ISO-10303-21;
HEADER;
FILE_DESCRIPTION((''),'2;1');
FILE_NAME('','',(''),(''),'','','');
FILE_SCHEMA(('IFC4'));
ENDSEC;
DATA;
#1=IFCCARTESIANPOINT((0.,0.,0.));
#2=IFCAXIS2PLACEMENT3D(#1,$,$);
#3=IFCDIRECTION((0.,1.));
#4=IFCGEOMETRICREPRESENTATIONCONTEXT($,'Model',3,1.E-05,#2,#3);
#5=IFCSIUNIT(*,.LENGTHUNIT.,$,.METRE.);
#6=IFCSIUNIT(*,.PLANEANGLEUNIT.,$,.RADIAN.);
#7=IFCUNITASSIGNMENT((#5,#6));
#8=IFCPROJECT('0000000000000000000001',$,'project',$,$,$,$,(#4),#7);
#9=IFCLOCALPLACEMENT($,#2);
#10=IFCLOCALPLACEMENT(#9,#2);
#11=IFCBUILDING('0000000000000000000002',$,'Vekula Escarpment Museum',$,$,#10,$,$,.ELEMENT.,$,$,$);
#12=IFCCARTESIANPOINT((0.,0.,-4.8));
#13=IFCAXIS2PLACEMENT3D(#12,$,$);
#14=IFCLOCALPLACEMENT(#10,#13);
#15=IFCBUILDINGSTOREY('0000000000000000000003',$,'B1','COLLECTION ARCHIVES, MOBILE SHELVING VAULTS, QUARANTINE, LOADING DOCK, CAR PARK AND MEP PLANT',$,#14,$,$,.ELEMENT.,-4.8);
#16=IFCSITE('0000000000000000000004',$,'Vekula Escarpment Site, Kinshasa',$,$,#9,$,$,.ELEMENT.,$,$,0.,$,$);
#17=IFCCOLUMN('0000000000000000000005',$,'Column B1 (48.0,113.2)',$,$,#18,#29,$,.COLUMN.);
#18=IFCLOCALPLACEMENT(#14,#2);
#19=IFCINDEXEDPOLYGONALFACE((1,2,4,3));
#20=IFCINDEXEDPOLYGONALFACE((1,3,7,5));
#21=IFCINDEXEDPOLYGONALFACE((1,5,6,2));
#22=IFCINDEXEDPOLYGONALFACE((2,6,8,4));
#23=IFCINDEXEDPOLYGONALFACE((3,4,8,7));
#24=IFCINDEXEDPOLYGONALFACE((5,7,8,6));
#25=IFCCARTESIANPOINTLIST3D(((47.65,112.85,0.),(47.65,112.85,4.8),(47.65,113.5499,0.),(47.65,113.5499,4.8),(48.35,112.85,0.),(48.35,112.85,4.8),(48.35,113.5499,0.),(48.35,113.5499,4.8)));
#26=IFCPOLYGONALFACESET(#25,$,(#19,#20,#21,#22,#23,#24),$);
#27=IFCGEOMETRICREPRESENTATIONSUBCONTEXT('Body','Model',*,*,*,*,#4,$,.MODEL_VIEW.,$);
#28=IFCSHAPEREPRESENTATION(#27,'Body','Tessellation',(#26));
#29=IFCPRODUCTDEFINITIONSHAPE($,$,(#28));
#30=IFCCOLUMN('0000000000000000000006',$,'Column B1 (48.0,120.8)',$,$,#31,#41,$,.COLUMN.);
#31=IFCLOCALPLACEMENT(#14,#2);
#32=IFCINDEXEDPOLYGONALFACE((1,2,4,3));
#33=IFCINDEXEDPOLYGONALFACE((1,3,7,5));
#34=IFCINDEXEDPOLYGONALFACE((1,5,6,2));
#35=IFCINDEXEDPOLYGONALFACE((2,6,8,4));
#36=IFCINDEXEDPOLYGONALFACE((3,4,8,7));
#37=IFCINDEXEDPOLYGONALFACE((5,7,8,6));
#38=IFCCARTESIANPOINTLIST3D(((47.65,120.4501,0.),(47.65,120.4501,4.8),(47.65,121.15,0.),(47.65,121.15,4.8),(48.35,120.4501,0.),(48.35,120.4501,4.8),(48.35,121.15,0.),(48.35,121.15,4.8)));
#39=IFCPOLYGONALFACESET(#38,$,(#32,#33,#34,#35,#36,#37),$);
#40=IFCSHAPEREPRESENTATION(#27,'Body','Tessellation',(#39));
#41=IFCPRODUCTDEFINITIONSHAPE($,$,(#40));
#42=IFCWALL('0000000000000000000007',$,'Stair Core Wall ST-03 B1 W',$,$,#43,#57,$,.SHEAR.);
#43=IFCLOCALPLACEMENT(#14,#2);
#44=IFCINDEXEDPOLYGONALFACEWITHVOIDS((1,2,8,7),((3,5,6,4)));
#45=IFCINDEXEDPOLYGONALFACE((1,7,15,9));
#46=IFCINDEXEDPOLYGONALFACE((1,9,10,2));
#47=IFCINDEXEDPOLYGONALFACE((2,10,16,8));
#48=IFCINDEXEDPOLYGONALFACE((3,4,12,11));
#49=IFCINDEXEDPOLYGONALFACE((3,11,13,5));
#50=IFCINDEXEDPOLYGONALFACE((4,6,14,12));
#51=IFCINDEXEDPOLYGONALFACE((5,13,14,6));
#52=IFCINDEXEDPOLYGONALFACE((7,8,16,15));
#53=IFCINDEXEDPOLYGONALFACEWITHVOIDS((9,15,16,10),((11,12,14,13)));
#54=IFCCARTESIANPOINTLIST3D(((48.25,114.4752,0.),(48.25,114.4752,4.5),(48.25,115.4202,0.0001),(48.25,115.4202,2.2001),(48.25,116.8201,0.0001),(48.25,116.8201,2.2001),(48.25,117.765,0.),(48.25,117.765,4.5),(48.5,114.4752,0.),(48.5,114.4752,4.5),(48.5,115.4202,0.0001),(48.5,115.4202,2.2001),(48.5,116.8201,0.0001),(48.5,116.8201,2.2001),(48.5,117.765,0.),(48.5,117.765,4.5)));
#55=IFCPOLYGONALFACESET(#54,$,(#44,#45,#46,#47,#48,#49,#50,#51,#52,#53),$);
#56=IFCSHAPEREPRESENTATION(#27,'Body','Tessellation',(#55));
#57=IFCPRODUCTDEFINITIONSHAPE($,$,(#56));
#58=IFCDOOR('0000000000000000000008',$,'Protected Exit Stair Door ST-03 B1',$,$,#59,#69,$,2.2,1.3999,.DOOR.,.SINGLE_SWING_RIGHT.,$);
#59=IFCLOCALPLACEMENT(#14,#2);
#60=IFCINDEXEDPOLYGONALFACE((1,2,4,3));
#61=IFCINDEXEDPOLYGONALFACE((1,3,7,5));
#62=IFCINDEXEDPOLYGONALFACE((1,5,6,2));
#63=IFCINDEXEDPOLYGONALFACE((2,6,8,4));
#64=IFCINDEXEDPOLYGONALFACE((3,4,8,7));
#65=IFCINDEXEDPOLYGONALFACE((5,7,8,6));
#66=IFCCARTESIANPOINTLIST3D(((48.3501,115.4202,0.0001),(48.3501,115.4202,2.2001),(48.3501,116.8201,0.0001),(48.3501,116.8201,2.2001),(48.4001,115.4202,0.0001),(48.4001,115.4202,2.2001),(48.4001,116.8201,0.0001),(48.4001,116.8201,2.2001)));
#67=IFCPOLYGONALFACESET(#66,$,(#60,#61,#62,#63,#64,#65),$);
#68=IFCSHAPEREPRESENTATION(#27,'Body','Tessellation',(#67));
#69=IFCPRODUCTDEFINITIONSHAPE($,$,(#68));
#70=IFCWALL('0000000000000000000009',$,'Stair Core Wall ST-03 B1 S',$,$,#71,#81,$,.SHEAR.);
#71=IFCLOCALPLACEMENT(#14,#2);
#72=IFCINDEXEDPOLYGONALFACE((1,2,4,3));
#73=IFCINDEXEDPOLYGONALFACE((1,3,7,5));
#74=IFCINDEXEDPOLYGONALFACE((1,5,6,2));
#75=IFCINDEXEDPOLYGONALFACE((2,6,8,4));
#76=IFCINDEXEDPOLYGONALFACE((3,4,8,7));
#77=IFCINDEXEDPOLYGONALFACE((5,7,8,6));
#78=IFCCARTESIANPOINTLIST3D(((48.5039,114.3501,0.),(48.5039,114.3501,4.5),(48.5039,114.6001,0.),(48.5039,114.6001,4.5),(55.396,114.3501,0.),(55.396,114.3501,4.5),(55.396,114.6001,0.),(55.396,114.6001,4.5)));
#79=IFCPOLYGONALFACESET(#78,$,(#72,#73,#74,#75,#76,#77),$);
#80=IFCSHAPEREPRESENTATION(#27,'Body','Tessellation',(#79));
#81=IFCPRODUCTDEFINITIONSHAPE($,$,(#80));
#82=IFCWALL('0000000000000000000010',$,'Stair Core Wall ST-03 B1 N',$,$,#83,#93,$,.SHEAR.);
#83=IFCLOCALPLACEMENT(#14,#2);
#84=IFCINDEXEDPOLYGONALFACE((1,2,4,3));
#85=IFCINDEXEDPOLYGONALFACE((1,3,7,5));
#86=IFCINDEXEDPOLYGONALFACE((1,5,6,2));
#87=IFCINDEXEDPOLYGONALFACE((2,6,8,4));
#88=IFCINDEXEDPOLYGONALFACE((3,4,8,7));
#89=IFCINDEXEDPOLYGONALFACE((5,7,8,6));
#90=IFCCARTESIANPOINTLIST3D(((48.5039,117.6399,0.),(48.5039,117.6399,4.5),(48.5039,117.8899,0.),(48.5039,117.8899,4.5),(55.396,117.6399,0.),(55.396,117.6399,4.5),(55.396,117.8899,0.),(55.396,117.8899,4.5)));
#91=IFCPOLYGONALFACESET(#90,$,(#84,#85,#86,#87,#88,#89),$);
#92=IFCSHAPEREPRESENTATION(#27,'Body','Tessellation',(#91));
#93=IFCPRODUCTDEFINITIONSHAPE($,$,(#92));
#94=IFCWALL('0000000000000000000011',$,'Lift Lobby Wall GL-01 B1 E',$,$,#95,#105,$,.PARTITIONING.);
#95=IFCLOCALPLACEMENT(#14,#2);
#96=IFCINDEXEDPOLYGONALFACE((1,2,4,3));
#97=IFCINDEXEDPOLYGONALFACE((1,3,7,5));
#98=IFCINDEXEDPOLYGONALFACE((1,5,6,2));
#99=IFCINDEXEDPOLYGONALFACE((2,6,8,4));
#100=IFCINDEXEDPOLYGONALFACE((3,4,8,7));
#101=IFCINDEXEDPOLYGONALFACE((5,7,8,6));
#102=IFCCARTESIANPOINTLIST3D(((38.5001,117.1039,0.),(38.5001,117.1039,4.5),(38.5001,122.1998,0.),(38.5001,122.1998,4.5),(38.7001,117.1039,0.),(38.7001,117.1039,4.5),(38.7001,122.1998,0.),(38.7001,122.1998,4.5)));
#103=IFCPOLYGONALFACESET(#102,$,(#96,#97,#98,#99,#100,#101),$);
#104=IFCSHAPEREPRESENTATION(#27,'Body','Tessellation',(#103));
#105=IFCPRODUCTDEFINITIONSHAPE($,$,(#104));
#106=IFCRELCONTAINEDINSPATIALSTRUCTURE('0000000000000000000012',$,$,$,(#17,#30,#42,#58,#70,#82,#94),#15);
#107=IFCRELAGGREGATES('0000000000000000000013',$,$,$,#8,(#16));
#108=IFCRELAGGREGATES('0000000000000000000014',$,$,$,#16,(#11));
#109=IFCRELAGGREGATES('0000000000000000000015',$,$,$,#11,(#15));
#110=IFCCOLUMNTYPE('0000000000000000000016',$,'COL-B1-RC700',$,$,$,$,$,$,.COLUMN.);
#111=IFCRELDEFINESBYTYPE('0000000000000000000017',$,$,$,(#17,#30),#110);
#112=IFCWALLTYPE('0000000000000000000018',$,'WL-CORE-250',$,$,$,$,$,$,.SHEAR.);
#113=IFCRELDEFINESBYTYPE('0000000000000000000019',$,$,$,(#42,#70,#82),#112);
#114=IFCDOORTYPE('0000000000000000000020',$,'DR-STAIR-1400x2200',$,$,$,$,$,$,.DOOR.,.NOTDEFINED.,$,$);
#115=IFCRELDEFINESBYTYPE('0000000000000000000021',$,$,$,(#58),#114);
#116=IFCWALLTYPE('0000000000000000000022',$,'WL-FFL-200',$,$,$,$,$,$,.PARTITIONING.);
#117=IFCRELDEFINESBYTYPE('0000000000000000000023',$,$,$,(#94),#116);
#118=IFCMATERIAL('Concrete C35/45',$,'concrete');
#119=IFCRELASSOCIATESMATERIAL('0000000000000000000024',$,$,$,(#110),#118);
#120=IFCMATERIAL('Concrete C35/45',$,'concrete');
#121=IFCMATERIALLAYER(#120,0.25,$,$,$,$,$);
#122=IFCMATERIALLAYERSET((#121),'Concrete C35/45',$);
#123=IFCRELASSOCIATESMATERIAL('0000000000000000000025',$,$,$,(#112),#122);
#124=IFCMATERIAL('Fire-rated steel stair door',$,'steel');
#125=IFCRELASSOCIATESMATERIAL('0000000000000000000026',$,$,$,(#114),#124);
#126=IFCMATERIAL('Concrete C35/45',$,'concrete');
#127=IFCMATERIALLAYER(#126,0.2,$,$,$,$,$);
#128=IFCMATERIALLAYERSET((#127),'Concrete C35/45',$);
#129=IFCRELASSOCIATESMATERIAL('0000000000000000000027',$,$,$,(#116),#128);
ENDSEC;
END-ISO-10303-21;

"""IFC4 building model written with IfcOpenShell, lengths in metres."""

from ifc_helpers import new_model, si_unit, direction, frame, frame_2d, origin, origin_2d, place, context, subcontext, project, spatial, rectangle, extrude, material, layer, layer_set, material_profile, profile_set, type_object, element, fill, save


model = new_model("IFC4")

# Units and contexts
model_context = context("Model", 3, precision=1e-05, world=origin(), true_north=direction((0.0, 1.0)))
body_context = subcontext(model_context, "Body", "Model", "MODEL_VIEW")
ifc_project = project(units=[si_unit("LENGTHUNIT", "METRE"), si_unit("PLANEANGLEUNIT", "RADIAN")], contexts=[model_context])

# Site, building, storey
site_placement = place(None, origin())
site = spatial("IfcSite", under=ifc_project, at=site_placement, Name="Vekula Escarpment Site, Kinshasa", CompositionType="ELEMENT", RefElevation=0.0)
building_placement = place(site_placement, origin())
building = spatial("IfcBuilding", under=site, at=building_placement, Name="Vekula Escarpment Museum", CompositionType="ELEMENT")
storey_placement = place(building_placement, frame((0.0, 0.0, -4.8)))
storey = spatial("IfcBuildingStorey", under=building, at=storey_placement, Name="B1", Description="COLLECTION ARCHIVES, MOBILE SHELVING VAULTS, QUARANTINE, LOADING DOCK, CAR PARK AND MEP PLANT", CompositionType="ELEMENT", Elevation=-4.8)

# Columns
ifc_material_1 = material(Name="Concrete C35/45", Category="concrete")
ifc_material_profile_1 = material_profile(ifc_material_1, rectangle(XDim=0.7, YDim=0.7, at=origin_2d()), Name="RC 700x700")
ifc_profile_set_1 = profile_set([ifc_material_profile_1], Name="Concrete C35/45")
column_type = type_object("IfcColumnType", Name="COL-B1-RC700", PredefinedType="COLUMN", material=ifc_profile_set_1)
for number, where, z_axis, x_axis, name in (
    (1, (48.0, 113.2, 0.0), (0.0, 0.0, 1.0), (1.0, 0.0, 0.0), "Column B1 (48.0,113.2)"),
    (2, (48.0, 120.8, 0.0), (0.0, 0.0, 1.0), (1.0, 0.0, 0.0), "Column B1 (48.0,120.8)"),
):
    element("IfcColumn", number, at=place(storey_placement, frame(where, z_axis=z_axis, x_axis=x_axis)), inside=storey, type_object=column_type, Name=name, PredefinedType="COLUMN", context=body_context, shape_type="SweptSolid", body=[
        extrude(rectangle(XDim=0.7, YDim=0.7, at=origin_2d()), origin(), (0.0, 0.0, 1.0), 4.8),
    ])

# Wall, opening, door
ifc_material_2 = material(Name="Concrete C35/45", Category="concrete")
ifc_layer_1 = layer(ifc_material_2, 0.25)
ifc_layer_set_1 = layer_set([ifc_layer_1], Name="Concrete C35/45")
wall_type_1 = type_object("IfcWallType", Name="WL-CORE-250", PredefinedType="SHEAR", material=ifc_layer_set_1)
wall_1_placement = place(storey_placement, frame((48.375, 114.4751, 0.0), z_axis=(0.0, 0.0, 1.0), x_axis=(0.0, 1.0, 0.0)))
wall_1 = element("IfcWall", 3, at=wall_1_placement, inside=storey, type_object=wall_type_1, Name="Stair Core Wall ST-03 B1 W", PredefinedType="SHEAR", context=body_context, shape_type="SweptSolid", body=[
    extrude(rectangle(XDim=3.2898, YDim=0.25, at=frame_2d((1.645, 0.0))), origin(), (0.0, 0.0, 1.0), 4.5),
])
opening_placement = place(wall_1_placement, frame((0.9451, 0.0, 0.0)))
opening = element("IfcOpeningElement", 4, at=opening_placement, cuts=wall_1, PredefinedType="OPENING", context=body_context, shape_type="SweptSolid", body=[
    extrude(rectangle(XDim=1.3999, YDim=2.2, at=frame_2d((0.7, 1.1001))), frame((0.0, 0.135, 0.0), z_axis=(0.0, -1.0, 0.0), x_axis=(1.0, 0.0, 0.0)), (0.0, 0.0, 1.0), 0.27),
])
ifc_material_3 = material(Name="Fire-rated steel stair door", Category="steel")
door_type = type_object("IfcDoorType", Name="DR-STAIR-1400x2200", OperationType="NOTDEFINED", PredefinedType="DOOR", material=ifc_material_3)
door_placement = place(opening_placement, origin())
door = element("IfcDoor", 5, at=door_placement, inside=storey, type_object=door_type, Name="Protected Exit Stair Door ST-03 B1", OperationType="SINGLE_SWING_RIGHT", OverallHeight=2.2, OverallWidth=1.3999, PredefinedType="DOOR", context=body_context, shape_type="SweptSolid", body=[
    extrude(rectangle(XDim=1.3999, YDim=2.2, at=frame_2d((0.7, 1.1001))), frame((0.0, 0.0249, 0.0), z_axis=(0.0, -1.0, 0.0), x_axis=(1.0, 0.0, 0.0)), (0.0, 0.0, 1.0), 0.05),
])
fill(opening, door)

# Walls
for number, where, z_axis, x_axis, name in (
    (6, (48.5039, 114.4751, 0.0), (0.0, 0.0, 1.0), (1.0, 0.0, 0.0), "Stair Core Wall ST-03 B1 S"),
    (7, (48.5039, 117.7649, 0.0), (0.0, 0.0, 1.0), (1.0, 0.0, 0.0), "Stair Core Wall ST-03 B1 N"),
):
    element("IfcWall", number, at=place(storey_placement, frame(where, z_axis=z_axis, x_axis=x_axis)), inside=storey, type_object=wall_type_1, Name=name, PredefinedType="SHEAR", context=body_context, shape_type="SweptSolid", body=[
        extrude(rectangle(XDim=6.8921, YDim=0.25, at=frame_2d((3.446, 0.0))), origin(), (0.0, 0.0, 1.0), 4.5),
    ])
ifc_material_4 = material(Name="Concrete C35/45", Category="concrete")
ifc_layer_2 = layer(ifc_material_4, 0.2)
ifc_layer_set_2 = layer_set([ifc_layer_2], Name="Concrete C35/45")
wall_type_2 = type_object("IfcWallType", Name="WL-FFL-200", PredefinedType="PARTITIONING", material=ifc_layer_set_2)
wall_2_placement = place(storey_placement, frame((38.6001, 117.104, 0.0), z_axis=(0.0, 0.0, 1.0), x_axis=(0.0, 1.0, 0.0)))
element("IfcWall", 8, at=wall_2_placement, inside=storey, type_object=wall_type_2, Name="Lift Lobby Wall GL-01 B1 E", PredefinedType="PARTITIONING", context=body_context, shape_type="SweptSolid", body=[
    extrude(rectangle(XDim=5.0959, YDim=0.2, at=frame_2d((2.5479, 0.0))), origin(), (0.0, 0.0, 1.0), 4.5),
])

save(model, "model.ifc")
